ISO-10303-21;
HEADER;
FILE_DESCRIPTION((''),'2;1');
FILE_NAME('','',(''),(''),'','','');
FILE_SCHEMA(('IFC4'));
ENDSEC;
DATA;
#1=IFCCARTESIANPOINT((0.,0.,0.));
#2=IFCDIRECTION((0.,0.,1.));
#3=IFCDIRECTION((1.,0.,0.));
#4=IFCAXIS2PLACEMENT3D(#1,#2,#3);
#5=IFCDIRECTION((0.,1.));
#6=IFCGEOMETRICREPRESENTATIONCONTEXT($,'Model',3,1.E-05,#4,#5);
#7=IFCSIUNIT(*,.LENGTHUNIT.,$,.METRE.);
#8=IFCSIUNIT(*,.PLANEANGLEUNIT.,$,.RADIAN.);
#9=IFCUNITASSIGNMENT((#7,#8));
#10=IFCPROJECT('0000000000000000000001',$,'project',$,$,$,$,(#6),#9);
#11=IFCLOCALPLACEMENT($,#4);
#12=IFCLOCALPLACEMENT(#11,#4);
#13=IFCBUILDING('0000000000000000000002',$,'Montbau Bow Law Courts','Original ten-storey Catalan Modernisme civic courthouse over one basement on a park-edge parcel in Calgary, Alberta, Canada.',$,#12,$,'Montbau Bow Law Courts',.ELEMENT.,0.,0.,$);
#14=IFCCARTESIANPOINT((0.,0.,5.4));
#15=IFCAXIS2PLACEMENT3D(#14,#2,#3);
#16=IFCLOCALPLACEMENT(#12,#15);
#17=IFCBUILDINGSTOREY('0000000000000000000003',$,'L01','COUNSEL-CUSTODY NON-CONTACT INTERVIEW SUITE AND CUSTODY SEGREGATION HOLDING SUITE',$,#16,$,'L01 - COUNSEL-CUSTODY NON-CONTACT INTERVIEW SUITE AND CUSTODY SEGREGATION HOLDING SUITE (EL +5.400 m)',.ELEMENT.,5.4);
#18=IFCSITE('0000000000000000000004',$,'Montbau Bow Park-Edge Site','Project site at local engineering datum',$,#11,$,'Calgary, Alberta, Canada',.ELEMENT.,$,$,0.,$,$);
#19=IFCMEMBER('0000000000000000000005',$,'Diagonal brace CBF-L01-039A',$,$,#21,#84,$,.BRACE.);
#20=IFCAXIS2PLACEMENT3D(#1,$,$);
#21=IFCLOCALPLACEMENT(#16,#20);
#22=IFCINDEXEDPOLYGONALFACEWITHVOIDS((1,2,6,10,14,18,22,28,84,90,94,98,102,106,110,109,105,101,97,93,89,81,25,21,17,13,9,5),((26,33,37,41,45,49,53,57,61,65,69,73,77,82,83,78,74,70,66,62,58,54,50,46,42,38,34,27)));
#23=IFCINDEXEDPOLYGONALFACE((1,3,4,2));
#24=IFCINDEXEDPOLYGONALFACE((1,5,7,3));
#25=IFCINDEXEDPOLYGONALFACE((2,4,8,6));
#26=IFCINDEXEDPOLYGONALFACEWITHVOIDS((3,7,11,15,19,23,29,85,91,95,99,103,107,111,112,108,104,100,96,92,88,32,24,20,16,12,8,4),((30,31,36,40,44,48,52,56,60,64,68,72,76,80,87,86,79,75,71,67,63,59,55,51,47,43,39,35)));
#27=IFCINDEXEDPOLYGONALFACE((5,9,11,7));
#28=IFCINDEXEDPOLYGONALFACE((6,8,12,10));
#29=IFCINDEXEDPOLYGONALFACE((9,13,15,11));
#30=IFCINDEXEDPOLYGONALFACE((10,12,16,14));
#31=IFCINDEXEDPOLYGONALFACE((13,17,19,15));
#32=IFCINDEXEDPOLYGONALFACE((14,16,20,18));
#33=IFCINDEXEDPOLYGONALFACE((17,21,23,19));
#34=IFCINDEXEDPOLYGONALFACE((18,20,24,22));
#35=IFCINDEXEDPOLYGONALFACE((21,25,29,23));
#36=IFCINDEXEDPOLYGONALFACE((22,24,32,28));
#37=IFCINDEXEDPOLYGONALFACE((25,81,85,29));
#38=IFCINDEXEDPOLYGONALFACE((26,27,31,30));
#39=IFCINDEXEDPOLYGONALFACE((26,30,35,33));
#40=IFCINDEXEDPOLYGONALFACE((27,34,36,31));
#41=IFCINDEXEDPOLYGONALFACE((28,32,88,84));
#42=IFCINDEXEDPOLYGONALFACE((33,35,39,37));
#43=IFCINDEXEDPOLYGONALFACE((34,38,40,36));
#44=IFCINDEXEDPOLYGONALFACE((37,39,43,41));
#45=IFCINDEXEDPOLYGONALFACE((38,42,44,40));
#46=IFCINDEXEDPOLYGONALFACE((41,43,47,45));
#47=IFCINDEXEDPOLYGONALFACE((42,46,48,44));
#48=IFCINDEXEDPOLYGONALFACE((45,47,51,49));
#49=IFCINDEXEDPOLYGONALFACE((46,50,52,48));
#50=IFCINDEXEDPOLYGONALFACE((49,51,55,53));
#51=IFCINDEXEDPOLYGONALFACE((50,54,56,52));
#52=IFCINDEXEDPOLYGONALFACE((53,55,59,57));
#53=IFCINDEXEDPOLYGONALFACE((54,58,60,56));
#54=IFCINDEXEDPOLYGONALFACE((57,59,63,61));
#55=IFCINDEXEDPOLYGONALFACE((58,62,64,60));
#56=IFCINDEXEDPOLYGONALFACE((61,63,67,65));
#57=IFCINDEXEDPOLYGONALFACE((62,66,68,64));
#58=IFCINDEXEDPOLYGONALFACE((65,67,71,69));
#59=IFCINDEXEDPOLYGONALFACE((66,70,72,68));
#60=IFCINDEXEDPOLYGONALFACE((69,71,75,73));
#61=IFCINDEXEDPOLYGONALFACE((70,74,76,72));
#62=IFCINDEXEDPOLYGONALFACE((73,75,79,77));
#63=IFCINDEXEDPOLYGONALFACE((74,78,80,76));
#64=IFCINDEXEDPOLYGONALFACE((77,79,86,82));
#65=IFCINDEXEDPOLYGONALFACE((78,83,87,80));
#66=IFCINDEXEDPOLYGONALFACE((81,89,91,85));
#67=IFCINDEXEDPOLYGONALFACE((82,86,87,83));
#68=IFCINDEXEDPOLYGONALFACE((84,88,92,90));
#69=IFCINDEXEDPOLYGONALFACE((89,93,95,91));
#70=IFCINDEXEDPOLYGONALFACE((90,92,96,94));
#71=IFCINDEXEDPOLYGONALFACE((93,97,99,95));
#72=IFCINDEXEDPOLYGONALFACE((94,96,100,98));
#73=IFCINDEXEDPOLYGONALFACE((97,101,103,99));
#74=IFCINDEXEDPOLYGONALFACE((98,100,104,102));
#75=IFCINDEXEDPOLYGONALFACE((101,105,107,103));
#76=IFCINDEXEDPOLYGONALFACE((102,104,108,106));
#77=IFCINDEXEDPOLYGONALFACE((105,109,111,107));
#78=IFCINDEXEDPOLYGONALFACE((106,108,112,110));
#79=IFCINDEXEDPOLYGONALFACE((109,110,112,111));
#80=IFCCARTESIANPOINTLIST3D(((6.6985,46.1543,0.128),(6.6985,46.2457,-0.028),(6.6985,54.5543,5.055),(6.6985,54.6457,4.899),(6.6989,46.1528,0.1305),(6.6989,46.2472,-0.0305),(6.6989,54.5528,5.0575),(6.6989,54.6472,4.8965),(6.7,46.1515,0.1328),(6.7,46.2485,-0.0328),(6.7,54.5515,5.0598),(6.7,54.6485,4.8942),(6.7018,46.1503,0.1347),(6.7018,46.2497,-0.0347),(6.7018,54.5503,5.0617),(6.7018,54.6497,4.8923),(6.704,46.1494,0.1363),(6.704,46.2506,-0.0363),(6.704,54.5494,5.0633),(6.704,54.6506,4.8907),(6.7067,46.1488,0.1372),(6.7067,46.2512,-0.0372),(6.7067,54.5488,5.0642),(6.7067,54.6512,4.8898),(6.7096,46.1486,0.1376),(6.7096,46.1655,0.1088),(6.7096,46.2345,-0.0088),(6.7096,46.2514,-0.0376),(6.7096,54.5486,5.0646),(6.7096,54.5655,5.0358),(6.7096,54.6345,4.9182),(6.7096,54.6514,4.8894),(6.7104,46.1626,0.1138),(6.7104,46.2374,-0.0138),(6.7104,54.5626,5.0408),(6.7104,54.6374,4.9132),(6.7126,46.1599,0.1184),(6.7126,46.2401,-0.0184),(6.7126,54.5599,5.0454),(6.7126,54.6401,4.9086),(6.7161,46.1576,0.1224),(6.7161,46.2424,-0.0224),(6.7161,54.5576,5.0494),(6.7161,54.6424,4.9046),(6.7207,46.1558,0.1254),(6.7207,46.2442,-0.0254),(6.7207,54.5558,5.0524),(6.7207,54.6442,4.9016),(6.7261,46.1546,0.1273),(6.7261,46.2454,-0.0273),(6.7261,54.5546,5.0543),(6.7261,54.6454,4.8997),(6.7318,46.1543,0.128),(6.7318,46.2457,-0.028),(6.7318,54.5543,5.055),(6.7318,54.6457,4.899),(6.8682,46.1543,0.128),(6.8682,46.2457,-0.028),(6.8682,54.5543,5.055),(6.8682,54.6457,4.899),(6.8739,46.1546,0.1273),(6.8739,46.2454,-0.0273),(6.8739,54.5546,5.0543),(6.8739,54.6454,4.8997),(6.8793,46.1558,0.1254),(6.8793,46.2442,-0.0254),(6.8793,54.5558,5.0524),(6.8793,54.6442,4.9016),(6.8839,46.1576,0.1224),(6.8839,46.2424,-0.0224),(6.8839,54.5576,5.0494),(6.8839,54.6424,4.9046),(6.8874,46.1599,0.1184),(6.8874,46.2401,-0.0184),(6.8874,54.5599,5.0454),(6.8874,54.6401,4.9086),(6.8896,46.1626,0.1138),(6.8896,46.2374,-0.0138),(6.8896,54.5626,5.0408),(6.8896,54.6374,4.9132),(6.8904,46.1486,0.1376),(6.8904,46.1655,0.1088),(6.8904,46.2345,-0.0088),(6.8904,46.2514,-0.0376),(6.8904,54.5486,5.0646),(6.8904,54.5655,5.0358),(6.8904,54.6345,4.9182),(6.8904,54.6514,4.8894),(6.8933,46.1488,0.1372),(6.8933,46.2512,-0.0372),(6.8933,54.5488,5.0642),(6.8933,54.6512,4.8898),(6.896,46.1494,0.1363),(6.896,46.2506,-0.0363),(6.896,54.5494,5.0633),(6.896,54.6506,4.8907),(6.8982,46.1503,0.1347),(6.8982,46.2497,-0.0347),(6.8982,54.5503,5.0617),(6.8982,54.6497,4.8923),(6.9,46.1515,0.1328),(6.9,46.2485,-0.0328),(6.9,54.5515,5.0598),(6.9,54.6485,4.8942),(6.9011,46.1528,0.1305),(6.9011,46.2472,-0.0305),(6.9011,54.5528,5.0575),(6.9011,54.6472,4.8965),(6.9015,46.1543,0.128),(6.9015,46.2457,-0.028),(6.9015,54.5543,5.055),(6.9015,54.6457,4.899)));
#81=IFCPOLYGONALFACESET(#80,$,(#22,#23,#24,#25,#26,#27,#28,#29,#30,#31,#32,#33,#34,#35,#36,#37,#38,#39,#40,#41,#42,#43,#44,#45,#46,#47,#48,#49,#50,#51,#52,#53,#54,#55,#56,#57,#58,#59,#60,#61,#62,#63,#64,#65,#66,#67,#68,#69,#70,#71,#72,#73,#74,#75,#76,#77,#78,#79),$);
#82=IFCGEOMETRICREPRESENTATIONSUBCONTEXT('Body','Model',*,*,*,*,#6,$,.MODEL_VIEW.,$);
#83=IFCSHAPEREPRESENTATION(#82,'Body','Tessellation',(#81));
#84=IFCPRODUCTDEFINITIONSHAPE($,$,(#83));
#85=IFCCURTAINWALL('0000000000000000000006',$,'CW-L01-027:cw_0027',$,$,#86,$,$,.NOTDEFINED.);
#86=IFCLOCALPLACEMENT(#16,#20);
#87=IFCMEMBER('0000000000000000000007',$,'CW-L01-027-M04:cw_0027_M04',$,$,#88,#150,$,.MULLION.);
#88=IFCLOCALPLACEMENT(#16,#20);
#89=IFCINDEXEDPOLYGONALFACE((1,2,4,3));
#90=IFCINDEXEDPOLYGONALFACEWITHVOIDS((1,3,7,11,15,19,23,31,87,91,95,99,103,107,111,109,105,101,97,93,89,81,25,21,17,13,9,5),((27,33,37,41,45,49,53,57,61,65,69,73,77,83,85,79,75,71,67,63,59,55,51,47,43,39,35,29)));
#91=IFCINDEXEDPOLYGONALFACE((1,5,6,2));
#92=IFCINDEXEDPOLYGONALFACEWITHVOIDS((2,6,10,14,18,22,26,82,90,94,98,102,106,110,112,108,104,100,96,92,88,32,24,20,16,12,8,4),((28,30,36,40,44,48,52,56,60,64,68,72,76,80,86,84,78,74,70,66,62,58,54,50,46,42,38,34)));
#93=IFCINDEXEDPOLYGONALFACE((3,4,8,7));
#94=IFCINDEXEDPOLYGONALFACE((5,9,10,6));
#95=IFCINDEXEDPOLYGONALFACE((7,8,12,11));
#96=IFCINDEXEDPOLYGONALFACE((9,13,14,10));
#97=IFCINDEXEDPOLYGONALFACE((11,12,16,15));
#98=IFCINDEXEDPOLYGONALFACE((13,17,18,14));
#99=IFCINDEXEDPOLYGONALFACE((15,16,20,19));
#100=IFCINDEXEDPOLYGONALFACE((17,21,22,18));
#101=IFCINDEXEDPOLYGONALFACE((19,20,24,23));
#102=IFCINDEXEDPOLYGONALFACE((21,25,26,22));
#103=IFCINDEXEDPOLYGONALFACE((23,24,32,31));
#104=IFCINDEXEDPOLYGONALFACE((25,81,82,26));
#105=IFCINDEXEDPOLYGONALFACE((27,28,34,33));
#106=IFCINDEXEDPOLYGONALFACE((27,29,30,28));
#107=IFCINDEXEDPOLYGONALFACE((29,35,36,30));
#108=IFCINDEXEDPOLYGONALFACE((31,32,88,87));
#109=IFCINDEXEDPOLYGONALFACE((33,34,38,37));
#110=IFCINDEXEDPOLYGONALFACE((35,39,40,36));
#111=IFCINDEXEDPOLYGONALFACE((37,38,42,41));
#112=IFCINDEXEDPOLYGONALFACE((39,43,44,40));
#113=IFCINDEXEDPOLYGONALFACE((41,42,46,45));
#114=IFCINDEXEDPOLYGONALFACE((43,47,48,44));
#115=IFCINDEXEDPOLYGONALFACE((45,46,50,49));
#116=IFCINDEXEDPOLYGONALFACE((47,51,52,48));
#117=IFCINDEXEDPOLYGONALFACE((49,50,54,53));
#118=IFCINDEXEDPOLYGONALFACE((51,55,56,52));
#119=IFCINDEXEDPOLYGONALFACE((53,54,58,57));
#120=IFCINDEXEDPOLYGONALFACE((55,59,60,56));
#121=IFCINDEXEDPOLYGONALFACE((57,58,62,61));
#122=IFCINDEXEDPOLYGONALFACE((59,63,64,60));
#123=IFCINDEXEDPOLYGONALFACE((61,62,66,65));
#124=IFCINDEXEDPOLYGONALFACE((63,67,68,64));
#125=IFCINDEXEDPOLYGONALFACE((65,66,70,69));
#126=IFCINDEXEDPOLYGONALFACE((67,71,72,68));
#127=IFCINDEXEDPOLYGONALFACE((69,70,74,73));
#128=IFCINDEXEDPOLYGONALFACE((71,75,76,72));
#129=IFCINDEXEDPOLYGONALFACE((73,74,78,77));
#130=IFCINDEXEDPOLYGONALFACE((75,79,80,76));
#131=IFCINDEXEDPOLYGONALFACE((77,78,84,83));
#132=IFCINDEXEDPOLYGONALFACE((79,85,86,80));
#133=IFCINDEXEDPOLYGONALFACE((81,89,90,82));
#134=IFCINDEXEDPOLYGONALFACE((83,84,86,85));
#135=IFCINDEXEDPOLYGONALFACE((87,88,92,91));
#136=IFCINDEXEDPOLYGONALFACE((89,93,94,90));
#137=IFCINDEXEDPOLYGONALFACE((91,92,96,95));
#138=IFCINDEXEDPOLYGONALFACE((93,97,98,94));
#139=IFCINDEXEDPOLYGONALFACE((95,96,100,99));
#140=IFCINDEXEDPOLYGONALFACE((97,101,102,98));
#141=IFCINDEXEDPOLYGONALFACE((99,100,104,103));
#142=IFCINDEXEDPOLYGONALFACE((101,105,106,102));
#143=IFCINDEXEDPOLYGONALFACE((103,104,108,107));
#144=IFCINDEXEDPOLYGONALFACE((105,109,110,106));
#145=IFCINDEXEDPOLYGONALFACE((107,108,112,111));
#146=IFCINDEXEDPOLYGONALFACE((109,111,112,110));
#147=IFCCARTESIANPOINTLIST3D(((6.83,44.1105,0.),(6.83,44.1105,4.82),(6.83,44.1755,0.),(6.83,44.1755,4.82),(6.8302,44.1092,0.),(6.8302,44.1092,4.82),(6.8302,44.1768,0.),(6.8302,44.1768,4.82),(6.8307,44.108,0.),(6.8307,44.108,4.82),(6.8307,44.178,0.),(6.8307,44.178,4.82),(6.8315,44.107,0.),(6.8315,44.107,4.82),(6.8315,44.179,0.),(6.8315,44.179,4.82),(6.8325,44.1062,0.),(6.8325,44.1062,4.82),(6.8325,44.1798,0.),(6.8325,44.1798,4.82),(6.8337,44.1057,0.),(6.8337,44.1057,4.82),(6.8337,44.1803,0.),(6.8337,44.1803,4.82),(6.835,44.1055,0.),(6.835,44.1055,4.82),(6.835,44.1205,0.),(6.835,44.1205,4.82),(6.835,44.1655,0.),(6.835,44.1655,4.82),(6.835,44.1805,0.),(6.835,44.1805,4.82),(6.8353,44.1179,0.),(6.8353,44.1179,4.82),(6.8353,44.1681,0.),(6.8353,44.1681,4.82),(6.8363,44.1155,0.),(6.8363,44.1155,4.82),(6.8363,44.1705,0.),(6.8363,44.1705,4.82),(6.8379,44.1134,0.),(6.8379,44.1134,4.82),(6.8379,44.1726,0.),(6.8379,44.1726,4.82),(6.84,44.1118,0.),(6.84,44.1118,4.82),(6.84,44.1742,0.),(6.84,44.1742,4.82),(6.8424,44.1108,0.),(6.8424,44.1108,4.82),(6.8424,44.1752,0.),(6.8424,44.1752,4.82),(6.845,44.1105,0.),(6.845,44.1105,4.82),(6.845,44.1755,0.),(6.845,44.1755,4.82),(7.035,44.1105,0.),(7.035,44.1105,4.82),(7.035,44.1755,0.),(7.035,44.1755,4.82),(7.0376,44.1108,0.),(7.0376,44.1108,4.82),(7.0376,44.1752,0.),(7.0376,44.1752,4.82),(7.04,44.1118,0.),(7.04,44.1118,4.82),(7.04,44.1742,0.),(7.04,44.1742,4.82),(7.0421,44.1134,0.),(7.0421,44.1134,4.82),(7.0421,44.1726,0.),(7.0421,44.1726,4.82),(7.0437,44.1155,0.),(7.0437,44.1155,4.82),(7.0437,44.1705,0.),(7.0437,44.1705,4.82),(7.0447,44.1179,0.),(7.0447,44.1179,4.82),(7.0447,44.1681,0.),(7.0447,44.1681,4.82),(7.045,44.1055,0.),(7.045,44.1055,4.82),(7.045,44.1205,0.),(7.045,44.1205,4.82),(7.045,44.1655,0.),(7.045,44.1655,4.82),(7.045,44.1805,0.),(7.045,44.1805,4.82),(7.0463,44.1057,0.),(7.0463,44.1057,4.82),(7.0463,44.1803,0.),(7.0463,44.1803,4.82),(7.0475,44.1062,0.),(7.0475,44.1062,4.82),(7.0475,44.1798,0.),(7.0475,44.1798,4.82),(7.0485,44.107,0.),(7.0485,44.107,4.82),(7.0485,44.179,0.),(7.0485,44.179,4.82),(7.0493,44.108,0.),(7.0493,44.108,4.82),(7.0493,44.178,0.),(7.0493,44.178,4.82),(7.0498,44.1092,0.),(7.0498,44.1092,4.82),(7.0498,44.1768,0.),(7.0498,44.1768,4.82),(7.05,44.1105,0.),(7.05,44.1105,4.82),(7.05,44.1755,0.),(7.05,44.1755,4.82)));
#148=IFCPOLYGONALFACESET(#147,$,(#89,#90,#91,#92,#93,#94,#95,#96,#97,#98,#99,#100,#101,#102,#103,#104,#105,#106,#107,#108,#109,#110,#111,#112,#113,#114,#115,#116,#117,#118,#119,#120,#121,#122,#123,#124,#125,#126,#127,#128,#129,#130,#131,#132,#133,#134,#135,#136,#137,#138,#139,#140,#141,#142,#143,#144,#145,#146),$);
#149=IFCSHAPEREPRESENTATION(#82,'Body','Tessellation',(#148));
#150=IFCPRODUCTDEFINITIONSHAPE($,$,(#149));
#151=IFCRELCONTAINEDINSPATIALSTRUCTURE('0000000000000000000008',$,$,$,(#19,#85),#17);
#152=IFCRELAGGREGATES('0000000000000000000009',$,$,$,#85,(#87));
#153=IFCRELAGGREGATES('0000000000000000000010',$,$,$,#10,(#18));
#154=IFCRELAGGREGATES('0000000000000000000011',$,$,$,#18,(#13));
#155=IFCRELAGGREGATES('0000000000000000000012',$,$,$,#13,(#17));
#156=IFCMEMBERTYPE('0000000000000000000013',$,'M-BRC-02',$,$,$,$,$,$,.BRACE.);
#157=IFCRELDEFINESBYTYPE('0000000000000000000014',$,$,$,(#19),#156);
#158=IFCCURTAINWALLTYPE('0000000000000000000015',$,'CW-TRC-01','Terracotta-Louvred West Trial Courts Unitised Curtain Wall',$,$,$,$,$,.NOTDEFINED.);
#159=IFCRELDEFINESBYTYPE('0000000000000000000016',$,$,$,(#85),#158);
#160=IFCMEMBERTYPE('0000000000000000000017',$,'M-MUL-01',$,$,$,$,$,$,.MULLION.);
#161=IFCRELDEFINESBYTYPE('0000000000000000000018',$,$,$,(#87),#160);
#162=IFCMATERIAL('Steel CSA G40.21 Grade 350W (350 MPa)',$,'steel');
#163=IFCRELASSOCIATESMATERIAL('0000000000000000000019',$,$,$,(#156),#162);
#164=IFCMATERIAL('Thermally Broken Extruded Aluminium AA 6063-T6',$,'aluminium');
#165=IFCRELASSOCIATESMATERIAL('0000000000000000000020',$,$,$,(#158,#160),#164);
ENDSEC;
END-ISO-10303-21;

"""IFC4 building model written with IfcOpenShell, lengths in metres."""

from ifc_helpers import new_model, si_unit, direction, frame, origin_with_axes, origin_2d_with_axis, place, context, subcontext, project, spatial, hollow_rectangle, extrude, material, material_profile, profile_set, type_object, element, aggregate, save


model = new_model("IFC4")

# Units and contexts
model_context = context("Model", 3, precision=1e-05, world=origin_with_axes(), true_north=direction((0.0, 1.0)))
body_context = subcontext(model_context, "Body", "Model", "MODEL_VIEW")
ifc_project = project(units=[si_unit("LENGTHUNIT", "METRE"), si_unit("PLANEANGLEUNIT", "RADIAN")], contexts=[model_context])

# Site, building, storey
site_placement = place(None, origin_with_axes())
site = spatial("IfcSite", under=ifc_project, at=site_placement, Name="Montbau Bow Park-Edge Site", Description="Project site at local engineering datum", LongName="Calgary, Alberta, Canada", CompositionType="ELEMENT", RefElevation=0.0)
building_placement = place(site_placement, origin_with_axes())
building = spatial("IfcBuilding", under=site, at=building_placement, Name="Montbau Bow Law Courts", Description="Original ten-storey Catalan Modernisme civic courthouse over one basement on a park-edge parcel in Calgary, Alberta, Canada.", LongName="Montbau Bow Law Courts", CompositionType="ELEMENT", ElevationOfRefHeight=0.0, ElevationOfTerrain=0.0)
storey_placement = place(building_placement, frame((0.0, 0.0, 5.4), z_axis=(0.0, 0.0, 1.0), x_axis=(1.0, 0.0, 0.0)))
storey = spatial("IfcBuildingStorey", under=building, at=storey_placement, Name="L01", Description="COUNSEL-CUSTODY NON-CONTACT INTERVIEW SUITE AND CUSTODY SEGREGATION HOLDING SUITE", LongName="L01 - COUNSEL-CUSTODY NON-CONTACT INTERVIEW SUITE AND CUSTODY SEGREGATION HOLDING SUITE (EL +5.400 m)", CompositionType="ELEMENT", Elevation=5.4)

# Shared definitions
ifc_material_1 = material(Name="Steel CSA G40.21 Grade 350W (350 MPa)", Category="steel")

# Member
ifc_material_profile_1 = material_profile(ifc_material_1, hollow_rectangle(XDim=0.203, YDim=0.203, WallThickness=0.0111, InnerFilletRadius=0.0222, OuterFilletRadius=0.0111, at=origin_2d_with_axis()), Name="HSS203X203X11", Category="Main", Priority=0)
ifc_profile_set_1 = profile_set([ifc_material_profile_1], Name="Steel CSA G40.21 Grade 350W (350 MPa)")
member_type_1 = type_object("IfcMemberType", Name="M-BRC-02", PredefinedType="BRACE", material=ifc_profile_set_1)
member_1_placement = place(None, frame((6.8, 46.2, 5.45), z_axis=(0.0, 0.86257, 0.505938), x_axis=(-1.0, 0.0, 0.0)))
element("IfcMember", 1, at=member_1_placement, inside=storey, type_object=member_type_1, Name="Diagonal brace CBF-L01-039A", PredefinedType="BRACE", context=body_context, shape_type="SweptSolid", body=[
    extrude(hollow_rectangle(XDim=0.203, YDim=0.203, WallThickness=0.0111, InnerFilletRadius=0.0222, OuterFilletRadius=0.0111, at=origin_2d_with_axis()), origin_with_axes(), (0.0, 0.0, 1.0), 9.7383),
])

# Curtain wall, member
ifc_material_2 = material(Name="Thermally Broken Extruded Aluminium AA 6063-T6", Category="aluminium")
curtain_wall_type = type_object("IfcCurtainWallType", Name="CW-TRC-01", Description="Terracotta-Louvred West Trial Courts Unitised Curtain Wall", PredefinedType="NOTDEFINED", material=ifc_material_2)
curtain_wall_placement = place(None, frame((6.94, 39.515, 5.4), z_axis=(0.0, 0.0, 1.0), x_axis=(1.0, 0.0, 0.0)))
curtain_wall = element("IfcCurtainWall", 2, at=curtain_wall_placement, inside=storey, type_object=curtain_wall_type, Name="CW-L01-027:cw_0027", PredefinedType="NOTDEFINED")
ifc_material_profile_2 = material_profile(ifc_material_2, hollow_rectangle(XDim=0.075, YDim=0.22, WallThickness=0.005, InnerFilletRadius=0.01, OuterFilletRadius=0.005, at=origin_2d_with_axis()), Name="CWM-220X75", Category="Main", Priority=0)
ifc_profile_set_2 = profile_set([ifc_material_profile_2], Name="Thermally Broken Extruded Aluminium AA 6063-T6")
member_type_2 = type_object("IfcMemberType", Name="M-MUL-01", PredefinedType="MULLION", material=ifc_profile_set_2)
member_2_placement = place(None, frame((6.94, 44.143, 5.4), z_axis=(0.0, 0.0, 1.0), x_axis=(0.0, 1.0, 0.0)))
member_2 = element("IfcMember", 3, at=member_2_placement, type_object=member_type_2, Name="CW-L01-027-M04:cw_0027_M04", PredefinedType="MULLION", context=body_context, shape_type="SweptSolid", body=[
    extrude(hollow_rectangle(XDim=0.075, YDim=0.22, WallThickness=0.005, InnerFilletRadius=0.01, OuterFilletRadius=0.005, at=origin_2d_with_axis()), origin_with_axes(), (0.0, 0.0, 1.0), 4.82),
])
aggregate(curtain_wall, [member_2])

save(model, "model.ifc")
